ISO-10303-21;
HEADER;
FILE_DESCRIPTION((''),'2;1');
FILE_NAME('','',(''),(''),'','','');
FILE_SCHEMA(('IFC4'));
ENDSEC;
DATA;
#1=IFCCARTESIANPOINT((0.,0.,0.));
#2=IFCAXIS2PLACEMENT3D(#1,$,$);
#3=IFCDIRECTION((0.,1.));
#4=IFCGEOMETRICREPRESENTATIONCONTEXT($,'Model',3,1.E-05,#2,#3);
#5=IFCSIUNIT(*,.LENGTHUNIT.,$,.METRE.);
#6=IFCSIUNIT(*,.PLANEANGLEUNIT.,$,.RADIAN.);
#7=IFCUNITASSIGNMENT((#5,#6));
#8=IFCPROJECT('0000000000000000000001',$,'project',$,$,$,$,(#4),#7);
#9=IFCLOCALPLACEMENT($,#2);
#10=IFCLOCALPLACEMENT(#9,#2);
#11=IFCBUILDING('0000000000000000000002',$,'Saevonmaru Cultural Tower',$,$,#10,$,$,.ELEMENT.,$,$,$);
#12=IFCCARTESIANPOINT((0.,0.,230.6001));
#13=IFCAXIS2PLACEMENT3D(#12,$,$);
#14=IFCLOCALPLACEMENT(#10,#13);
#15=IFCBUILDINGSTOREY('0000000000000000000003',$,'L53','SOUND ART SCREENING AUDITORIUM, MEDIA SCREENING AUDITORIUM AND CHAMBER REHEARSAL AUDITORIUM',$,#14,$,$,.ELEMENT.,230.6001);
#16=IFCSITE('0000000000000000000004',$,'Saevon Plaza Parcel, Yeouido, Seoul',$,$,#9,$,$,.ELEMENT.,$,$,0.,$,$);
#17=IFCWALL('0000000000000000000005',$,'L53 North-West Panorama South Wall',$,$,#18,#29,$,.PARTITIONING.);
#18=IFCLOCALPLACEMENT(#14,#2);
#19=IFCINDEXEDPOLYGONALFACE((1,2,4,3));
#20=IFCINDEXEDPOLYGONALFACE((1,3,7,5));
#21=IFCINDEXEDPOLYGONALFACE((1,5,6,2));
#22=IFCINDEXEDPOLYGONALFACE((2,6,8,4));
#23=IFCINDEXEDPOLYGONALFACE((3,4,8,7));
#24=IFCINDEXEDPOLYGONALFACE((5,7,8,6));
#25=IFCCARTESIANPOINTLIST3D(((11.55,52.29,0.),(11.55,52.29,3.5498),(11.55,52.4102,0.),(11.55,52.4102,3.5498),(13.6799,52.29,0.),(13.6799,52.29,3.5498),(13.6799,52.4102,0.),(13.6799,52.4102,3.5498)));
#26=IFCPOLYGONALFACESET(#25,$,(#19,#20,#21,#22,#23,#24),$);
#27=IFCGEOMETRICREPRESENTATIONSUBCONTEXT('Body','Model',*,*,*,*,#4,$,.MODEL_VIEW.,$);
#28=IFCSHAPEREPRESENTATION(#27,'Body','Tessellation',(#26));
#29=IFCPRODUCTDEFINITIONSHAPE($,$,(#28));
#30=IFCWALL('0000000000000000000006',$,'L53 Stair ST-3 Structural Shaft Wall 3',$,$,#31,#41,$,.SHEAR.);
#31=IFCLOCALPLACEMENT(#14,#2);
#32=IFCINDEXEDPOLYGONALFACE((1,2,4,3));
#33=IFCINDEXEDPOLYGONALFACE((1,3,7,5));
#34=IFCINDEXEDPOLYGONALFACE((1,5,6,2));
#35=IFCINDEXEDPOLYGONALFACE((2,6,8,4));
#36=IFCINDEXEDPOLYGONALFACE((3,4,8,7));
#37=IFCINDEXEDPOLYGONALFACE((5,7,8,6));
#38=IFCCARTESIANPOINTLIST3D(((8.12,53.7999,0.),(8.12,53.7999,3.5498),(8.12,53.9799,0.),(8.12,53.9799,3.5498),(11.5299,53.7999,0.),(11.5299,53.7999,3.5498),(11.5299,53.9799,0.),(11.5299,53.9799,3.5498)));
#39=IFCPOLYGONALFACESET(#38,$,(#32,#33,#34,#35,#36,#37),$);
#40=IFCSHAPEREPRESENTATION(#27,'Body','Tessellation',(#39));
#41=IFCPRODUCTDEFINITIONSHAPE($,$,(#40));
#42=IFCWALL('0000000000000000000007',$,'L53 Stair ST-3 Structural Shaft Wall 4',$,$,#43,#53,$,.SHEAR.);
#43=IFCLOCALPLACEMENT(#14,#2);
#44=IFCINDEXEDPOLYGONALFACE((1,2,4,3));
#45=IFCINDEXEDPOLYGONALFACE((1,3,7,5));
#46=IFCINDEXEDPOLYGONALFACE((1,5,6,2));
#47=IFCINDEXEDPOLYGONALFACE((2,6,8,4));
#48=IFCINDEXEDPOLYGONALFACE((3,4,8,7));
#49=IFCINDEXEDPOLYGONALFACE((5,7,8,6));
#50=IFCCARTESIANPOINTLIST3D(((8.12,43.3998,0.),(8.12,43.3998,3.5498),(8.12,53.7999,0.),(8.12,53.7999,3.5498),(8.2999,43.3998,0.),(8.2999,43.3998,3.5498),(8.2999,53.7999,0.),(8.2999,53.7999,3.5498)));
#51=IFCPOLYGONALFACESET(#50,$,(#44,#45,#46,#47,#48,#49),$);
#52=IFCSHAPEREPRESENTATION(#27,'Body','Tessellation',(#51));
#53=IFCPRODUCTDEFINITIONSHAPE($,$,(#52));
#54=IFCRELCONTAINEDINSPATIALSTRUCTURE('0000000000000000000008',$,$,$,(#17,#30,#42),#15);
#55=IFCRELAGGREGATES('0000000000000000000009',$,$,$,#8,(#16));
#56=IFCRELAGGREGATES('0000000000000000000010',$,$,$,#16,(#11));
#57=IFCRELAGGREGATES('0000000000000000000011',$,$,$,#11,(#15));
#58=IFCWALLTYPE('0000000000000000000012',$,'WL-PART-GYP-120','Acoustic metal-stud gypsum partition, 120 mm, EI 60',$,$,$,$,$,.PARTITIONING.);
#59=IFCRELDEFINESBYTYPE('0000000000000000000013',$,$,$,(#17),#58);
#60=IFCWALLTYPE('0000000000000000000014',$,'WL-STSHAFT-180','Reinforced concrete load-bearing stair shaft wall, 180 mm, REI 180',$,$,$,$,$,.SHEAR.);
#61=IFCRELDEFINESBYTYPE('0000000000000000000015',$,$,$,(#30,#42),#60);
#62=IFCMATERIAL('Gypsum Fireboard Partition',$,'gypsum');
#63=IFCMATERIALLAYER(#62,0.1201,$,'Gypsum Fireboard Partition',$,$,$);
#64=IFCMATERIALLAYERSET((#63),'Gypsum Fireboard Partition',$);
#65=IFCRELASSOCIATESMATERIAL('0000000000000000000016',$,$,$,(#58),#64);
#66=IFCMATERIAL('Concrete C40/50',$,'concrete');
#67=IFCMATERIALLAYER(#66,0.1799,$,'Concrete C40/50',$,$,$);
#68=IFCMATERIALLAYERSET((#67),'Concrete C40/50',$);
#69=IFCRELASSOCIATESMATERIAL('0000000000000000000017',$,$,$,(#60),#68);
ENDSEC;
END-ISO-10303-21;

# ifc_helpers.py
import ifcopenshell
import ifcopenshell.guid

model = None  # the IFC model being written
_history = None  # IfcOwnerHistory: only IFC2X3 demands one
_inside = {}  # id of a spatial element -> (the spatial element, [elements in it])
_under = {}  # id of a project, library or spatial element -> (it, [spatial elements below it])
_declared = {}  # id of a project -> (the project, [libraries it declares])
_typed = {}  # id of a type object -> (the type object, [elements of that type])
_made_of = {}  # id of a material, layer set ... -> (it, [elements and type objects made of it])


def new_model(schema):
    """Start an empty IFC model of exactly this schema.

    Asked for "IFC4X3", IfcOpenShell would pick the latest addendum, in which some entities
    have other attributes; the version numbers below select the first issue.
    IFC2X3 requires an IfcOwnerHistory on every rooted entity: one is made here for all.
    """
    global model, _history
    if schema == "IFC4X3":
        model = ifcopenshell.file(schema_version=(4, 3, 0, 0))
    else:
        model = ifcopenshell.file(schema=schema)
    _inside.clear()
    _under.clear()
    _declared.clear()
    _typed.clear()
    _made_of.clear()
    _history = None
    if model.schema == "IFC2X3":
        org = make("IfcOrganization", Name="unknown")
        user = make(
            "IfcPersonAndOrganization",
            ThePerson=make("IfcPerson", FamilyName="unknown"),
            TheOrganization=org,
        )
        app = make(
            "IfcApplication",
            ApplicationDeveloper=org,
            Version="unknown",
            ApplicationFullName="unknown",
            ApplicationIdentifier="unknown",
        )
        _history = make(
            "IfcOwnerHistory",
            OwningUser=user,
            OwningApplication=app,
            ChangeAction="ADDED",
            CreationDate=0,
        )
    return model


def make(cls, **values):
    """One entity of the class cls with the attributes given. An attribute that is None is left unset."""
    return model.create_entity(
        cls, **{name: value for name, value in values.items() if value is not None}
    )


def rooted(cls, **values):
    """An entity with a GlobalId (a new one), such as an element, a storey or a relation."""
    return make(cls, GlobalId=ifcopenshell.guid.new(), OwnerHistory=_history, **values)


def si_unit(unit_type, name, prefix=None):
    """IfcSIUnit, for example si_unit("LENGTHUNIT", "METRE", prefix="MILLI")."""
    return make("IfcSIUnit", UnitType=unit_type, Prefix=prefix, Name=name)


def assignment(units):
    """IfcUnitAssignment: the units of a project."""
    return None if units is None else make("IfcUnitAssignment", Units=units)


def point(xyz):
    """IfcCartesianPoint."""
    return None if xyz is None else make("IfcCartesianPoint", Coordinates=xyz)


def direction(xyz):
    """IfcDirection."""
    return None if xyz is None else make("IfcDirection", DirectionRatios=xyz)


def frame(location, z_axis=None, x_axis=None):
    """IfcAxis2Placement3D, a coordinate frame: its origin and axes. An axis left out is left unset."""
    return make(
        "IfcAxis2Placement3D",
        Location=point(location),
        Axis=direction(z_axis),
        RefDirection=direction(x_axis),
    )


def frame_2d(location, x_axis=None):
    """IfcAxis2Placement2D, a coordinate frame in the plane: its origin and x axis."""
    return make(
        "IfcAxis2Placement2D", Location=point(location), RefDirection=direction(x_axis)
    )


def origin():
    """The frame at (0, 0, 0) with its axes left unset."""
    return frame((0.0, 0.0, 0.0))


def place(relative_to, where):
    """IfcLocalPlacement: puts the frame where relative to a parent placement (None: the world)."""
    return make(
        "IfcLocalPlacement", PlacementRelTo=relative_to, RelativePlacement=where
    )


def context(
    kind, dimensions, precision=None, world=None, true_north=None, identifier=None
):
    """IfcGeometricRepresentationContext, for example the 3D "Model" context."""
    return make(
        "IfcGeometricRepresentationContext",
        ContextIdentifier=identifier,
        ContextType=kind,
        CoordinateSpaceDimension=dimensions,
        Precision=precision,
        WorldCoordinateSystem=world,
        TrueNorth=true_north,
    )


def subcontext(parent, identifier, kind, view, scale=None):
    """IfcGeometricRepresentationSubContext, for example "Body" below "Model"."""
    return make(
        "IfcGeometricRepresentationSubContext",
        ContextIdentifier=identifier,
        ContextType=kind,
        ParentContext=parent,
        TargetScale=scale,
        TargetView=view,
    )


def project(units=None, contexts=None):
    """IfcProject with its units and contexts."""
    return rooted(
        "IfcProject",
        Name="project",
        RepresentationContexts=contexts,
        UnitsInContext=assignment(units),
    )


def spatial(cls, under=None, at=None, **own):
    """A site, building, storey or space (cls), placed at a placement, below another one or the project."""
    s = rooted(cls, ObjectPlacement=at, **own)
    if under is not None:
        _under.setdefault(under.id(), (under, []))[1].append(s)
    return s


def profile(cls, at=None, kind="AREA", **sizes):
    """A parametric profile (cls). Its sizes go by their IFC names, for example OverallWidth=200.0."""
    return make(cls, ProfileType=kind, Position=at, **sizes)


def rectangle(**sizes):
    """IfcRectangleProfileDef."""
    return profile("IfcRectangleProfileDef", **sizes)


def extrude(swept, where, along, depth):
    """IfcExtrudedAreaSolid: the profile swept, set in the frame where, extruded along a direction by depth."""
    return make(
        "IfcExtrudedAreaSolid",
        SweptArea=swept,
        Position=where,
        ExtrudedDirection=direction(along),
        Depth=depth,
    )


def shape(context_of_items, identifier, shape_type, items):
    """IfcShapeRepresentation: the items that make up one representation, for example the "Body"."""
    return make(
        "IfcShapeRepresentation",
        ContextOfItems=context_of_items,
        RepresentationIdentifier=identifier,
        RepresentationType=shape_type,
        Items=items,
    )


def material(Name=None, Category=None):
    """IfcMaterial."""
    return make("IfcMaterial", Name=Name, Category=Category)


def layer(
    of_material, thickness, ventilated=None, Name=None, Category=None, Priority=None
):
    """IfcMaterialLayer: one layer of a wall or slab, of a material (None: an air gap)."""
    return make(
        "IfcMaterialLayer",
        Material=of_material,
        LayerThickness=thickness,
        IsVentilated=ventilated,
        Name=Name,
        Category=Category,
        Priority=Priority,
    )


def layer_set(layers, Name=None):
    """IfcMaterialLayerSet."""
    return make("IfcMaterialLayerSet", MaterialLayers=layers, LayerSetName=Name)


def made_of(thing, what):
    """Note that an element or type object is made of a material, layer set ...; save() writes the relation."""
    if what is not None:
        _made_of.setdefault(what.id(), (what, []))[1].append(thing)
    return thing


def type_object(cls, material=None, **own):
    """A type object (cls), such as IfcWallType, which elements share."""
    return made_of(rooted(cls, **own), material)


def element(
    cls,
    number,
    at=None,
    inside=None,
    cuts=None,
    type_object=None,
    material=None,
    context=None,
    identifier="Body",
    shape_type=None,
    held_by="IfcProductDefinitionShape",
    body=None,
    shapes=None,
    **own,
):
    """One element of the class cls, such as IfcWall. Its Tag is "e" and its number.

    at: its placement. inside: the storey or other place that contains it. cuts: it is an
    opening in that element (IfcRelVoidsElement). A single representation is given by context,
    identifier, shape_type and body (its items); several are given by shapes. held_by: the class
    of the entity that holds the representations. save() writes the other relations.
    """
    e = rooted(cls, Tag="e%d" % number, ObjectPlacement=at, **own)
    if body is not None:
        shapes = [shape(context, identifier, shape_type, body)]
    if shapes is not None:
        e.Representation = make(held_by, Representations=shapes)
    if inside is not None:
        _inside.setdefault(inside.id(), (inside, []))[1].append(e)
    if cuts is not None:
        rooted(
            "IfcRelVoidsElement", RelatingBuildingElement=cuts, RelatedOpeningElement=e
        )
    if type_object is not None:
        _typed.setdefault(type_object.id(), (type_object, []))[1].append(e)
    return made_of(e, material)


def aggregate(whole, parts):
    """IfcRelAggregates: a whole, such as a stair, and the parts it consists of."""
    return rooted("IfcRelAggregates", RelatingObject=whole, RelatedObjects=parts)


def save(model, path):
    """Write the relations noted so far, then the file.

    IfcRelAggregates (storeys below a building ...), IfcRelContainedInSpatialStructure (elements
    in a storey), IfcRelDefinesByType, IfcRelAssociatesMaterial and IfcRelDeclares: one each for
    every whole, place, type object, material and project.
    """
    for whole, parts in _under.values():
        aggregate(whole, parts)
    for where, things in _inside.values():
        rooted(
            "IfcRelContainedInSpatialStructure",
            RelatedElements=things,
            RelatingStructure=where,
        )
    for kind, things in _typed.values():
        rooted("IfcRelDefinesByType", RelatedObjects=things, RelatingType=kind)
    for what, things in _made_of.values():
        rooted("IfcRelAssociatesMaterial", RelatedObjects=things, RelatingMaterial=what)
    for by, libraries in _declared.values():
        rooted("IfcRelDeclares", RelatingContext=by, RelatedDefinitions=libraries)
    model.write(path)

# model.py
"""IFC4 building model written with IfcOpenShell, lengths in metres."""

from ifc_helpers import new_model, si_unit, direction, frame, frame_2d, origin, place, context, subcontext, project, spatial, rectangle, extrude, material, layer, layer_set, type_object, element, save


model = new_model("IFC4")

# Units and contexts
model_context = context("Model", 3, precision=1e-05, world=origin(), true_north=direction((0.0, 1.0)))
body_context = subcontext(model_context, "Body", "Model", "MODEL_VIEW")
ifc_project = project(units=[si_unit("LENGTHUNIT", "METRE"), si_unit("PLANEANGLEUNIT", "RADIAN")], contexts=[model_context])

# Site, building, storey
site_placement = place(None, origin())
site = spatial("IfcSite", under=ifc_project, at=site_placement, Name="Saevon Plaza Parcel, Yeouido, Seoul", CompositionType="ELEMENT", RefElevation=0.0)
building_placement = place(site_placement, origin())
building = spatial("IfcBuilding", under=site, at=building_placement, Name="Saevonmaru Cultural Tower", CompositionType="ELEMENT")
storey_placement = place(building_placement, frame((0.0, 0.0, 230.6001)))
storey = spatial("IfcBuildingStorey", under=building, at=storey_placement, Name="L53", Description="SOUND ART SCREENING AUDITORIUM, MEDIA SCREENING AUDITORIUM AND CHAMBER REHEARSAL AUDITORIUM", CompositionType="ELEMENT", Elevation=230.6001)

# Walls
ifc_material_1 = material(Name="Gypsum Fireboard Partition", Category="gypsum")
ifc_layer_1 = layer(ifc_material_1, 0.1201, Name="Gypsum Fireboard Partition")
ifc_layer_set_1 = layer_set([ifc_layer_1], Name="Gypsum Fireboard Partition")
wall_type_1 = type_object("IfcWallType", Name="WL-PART-GYP-120", Description="Acoustic metal-stud gypsum partition, 120 mm, EI 60", PredefinedType="PARTITIONING", material=ifc_layer_set_1)
wall_1_placement = place(storey_placement, frame((11.55, 52.3501, 0.0), z_axis=(0.0, 0.0, 1.0), x_axis=(1.0, 0.0, 0.0)))
element("IfcWall", 1, at=wall_1_placement, inside=storey, type_object=wall_type_1, Name="L53 North-West Panorama South Wall", PredefinedType="PARTITIONING", context=body_context, shape_type="SweptSolid", body=[
    extrude(rectangle(XDim=2.1299, YDim=0.1201, at=frame_2d((1.0649, 0.0))), origin(), (0.0, 0.0, 1.0), 3.5498),
])
ifc_material_2 = material(Name="Concrete C40/50", Category="concrete")
ifc_layer_2 = layer(ifc_material_2, 0.1799, Name="Concrete C40/50")
ifc_layer_set_2 = layer_set([ifc_layer_2], Name="Concrete C40/50")
wall_type_2 = type_object("IfcWallType", Name="WL-STSHAFT-180", Description="Reinforced concrete load-bearing stair shaft wall, 180 mm, REI 180", PredefinedType="SHEAR", material=ifc_layer_set_2)
wall_2_placement = place(storey_placement, frame((11.53, 53.8899, 0.0), z_axis=(0.0, 0.0, 1.0), x_axis=(-1.0, 0.0, 0.0)))
element("IfcWall", 2, at=wall_2_placement, inside=storey, type_object=wall_type_2, Name="L53 Stair ST-3 Structural Shaft Wall 3", PredefinedType="SHEAR", context=body_context, shape_type="SweptSolid", body=[
    extrude(rectangle(XDim=3.4099, YDim=0.1799, at=frame_2d((1.7051, 0.0))), origin(), (0.0, 0.0, 1.0), 3.5498),
])
wall_3_placement = place(storey_placement, frame((8.21, 53.8, 0.0), z_axis=(0.0, 0.0, 1.0), x_axis=(0.0, -1.0, 0.0)))
element("IfcWall", 3, at=wall_3_placement, inside=storey, type_object=wall_type_2, Name="L53 Stair ST-3 Structural Shaft Wall 4", PredefinedType="SHEAR", context=body_context, shape_type="SweptSolid", body=[
    extrude(rectangle(XDim=10.4001, YDim=0.1799, at=frame_2d((5.2002, 0.0))), origin(), (0.0, 0.0, 1.0), 3.5498),
])

save(model, "model.ifc")
